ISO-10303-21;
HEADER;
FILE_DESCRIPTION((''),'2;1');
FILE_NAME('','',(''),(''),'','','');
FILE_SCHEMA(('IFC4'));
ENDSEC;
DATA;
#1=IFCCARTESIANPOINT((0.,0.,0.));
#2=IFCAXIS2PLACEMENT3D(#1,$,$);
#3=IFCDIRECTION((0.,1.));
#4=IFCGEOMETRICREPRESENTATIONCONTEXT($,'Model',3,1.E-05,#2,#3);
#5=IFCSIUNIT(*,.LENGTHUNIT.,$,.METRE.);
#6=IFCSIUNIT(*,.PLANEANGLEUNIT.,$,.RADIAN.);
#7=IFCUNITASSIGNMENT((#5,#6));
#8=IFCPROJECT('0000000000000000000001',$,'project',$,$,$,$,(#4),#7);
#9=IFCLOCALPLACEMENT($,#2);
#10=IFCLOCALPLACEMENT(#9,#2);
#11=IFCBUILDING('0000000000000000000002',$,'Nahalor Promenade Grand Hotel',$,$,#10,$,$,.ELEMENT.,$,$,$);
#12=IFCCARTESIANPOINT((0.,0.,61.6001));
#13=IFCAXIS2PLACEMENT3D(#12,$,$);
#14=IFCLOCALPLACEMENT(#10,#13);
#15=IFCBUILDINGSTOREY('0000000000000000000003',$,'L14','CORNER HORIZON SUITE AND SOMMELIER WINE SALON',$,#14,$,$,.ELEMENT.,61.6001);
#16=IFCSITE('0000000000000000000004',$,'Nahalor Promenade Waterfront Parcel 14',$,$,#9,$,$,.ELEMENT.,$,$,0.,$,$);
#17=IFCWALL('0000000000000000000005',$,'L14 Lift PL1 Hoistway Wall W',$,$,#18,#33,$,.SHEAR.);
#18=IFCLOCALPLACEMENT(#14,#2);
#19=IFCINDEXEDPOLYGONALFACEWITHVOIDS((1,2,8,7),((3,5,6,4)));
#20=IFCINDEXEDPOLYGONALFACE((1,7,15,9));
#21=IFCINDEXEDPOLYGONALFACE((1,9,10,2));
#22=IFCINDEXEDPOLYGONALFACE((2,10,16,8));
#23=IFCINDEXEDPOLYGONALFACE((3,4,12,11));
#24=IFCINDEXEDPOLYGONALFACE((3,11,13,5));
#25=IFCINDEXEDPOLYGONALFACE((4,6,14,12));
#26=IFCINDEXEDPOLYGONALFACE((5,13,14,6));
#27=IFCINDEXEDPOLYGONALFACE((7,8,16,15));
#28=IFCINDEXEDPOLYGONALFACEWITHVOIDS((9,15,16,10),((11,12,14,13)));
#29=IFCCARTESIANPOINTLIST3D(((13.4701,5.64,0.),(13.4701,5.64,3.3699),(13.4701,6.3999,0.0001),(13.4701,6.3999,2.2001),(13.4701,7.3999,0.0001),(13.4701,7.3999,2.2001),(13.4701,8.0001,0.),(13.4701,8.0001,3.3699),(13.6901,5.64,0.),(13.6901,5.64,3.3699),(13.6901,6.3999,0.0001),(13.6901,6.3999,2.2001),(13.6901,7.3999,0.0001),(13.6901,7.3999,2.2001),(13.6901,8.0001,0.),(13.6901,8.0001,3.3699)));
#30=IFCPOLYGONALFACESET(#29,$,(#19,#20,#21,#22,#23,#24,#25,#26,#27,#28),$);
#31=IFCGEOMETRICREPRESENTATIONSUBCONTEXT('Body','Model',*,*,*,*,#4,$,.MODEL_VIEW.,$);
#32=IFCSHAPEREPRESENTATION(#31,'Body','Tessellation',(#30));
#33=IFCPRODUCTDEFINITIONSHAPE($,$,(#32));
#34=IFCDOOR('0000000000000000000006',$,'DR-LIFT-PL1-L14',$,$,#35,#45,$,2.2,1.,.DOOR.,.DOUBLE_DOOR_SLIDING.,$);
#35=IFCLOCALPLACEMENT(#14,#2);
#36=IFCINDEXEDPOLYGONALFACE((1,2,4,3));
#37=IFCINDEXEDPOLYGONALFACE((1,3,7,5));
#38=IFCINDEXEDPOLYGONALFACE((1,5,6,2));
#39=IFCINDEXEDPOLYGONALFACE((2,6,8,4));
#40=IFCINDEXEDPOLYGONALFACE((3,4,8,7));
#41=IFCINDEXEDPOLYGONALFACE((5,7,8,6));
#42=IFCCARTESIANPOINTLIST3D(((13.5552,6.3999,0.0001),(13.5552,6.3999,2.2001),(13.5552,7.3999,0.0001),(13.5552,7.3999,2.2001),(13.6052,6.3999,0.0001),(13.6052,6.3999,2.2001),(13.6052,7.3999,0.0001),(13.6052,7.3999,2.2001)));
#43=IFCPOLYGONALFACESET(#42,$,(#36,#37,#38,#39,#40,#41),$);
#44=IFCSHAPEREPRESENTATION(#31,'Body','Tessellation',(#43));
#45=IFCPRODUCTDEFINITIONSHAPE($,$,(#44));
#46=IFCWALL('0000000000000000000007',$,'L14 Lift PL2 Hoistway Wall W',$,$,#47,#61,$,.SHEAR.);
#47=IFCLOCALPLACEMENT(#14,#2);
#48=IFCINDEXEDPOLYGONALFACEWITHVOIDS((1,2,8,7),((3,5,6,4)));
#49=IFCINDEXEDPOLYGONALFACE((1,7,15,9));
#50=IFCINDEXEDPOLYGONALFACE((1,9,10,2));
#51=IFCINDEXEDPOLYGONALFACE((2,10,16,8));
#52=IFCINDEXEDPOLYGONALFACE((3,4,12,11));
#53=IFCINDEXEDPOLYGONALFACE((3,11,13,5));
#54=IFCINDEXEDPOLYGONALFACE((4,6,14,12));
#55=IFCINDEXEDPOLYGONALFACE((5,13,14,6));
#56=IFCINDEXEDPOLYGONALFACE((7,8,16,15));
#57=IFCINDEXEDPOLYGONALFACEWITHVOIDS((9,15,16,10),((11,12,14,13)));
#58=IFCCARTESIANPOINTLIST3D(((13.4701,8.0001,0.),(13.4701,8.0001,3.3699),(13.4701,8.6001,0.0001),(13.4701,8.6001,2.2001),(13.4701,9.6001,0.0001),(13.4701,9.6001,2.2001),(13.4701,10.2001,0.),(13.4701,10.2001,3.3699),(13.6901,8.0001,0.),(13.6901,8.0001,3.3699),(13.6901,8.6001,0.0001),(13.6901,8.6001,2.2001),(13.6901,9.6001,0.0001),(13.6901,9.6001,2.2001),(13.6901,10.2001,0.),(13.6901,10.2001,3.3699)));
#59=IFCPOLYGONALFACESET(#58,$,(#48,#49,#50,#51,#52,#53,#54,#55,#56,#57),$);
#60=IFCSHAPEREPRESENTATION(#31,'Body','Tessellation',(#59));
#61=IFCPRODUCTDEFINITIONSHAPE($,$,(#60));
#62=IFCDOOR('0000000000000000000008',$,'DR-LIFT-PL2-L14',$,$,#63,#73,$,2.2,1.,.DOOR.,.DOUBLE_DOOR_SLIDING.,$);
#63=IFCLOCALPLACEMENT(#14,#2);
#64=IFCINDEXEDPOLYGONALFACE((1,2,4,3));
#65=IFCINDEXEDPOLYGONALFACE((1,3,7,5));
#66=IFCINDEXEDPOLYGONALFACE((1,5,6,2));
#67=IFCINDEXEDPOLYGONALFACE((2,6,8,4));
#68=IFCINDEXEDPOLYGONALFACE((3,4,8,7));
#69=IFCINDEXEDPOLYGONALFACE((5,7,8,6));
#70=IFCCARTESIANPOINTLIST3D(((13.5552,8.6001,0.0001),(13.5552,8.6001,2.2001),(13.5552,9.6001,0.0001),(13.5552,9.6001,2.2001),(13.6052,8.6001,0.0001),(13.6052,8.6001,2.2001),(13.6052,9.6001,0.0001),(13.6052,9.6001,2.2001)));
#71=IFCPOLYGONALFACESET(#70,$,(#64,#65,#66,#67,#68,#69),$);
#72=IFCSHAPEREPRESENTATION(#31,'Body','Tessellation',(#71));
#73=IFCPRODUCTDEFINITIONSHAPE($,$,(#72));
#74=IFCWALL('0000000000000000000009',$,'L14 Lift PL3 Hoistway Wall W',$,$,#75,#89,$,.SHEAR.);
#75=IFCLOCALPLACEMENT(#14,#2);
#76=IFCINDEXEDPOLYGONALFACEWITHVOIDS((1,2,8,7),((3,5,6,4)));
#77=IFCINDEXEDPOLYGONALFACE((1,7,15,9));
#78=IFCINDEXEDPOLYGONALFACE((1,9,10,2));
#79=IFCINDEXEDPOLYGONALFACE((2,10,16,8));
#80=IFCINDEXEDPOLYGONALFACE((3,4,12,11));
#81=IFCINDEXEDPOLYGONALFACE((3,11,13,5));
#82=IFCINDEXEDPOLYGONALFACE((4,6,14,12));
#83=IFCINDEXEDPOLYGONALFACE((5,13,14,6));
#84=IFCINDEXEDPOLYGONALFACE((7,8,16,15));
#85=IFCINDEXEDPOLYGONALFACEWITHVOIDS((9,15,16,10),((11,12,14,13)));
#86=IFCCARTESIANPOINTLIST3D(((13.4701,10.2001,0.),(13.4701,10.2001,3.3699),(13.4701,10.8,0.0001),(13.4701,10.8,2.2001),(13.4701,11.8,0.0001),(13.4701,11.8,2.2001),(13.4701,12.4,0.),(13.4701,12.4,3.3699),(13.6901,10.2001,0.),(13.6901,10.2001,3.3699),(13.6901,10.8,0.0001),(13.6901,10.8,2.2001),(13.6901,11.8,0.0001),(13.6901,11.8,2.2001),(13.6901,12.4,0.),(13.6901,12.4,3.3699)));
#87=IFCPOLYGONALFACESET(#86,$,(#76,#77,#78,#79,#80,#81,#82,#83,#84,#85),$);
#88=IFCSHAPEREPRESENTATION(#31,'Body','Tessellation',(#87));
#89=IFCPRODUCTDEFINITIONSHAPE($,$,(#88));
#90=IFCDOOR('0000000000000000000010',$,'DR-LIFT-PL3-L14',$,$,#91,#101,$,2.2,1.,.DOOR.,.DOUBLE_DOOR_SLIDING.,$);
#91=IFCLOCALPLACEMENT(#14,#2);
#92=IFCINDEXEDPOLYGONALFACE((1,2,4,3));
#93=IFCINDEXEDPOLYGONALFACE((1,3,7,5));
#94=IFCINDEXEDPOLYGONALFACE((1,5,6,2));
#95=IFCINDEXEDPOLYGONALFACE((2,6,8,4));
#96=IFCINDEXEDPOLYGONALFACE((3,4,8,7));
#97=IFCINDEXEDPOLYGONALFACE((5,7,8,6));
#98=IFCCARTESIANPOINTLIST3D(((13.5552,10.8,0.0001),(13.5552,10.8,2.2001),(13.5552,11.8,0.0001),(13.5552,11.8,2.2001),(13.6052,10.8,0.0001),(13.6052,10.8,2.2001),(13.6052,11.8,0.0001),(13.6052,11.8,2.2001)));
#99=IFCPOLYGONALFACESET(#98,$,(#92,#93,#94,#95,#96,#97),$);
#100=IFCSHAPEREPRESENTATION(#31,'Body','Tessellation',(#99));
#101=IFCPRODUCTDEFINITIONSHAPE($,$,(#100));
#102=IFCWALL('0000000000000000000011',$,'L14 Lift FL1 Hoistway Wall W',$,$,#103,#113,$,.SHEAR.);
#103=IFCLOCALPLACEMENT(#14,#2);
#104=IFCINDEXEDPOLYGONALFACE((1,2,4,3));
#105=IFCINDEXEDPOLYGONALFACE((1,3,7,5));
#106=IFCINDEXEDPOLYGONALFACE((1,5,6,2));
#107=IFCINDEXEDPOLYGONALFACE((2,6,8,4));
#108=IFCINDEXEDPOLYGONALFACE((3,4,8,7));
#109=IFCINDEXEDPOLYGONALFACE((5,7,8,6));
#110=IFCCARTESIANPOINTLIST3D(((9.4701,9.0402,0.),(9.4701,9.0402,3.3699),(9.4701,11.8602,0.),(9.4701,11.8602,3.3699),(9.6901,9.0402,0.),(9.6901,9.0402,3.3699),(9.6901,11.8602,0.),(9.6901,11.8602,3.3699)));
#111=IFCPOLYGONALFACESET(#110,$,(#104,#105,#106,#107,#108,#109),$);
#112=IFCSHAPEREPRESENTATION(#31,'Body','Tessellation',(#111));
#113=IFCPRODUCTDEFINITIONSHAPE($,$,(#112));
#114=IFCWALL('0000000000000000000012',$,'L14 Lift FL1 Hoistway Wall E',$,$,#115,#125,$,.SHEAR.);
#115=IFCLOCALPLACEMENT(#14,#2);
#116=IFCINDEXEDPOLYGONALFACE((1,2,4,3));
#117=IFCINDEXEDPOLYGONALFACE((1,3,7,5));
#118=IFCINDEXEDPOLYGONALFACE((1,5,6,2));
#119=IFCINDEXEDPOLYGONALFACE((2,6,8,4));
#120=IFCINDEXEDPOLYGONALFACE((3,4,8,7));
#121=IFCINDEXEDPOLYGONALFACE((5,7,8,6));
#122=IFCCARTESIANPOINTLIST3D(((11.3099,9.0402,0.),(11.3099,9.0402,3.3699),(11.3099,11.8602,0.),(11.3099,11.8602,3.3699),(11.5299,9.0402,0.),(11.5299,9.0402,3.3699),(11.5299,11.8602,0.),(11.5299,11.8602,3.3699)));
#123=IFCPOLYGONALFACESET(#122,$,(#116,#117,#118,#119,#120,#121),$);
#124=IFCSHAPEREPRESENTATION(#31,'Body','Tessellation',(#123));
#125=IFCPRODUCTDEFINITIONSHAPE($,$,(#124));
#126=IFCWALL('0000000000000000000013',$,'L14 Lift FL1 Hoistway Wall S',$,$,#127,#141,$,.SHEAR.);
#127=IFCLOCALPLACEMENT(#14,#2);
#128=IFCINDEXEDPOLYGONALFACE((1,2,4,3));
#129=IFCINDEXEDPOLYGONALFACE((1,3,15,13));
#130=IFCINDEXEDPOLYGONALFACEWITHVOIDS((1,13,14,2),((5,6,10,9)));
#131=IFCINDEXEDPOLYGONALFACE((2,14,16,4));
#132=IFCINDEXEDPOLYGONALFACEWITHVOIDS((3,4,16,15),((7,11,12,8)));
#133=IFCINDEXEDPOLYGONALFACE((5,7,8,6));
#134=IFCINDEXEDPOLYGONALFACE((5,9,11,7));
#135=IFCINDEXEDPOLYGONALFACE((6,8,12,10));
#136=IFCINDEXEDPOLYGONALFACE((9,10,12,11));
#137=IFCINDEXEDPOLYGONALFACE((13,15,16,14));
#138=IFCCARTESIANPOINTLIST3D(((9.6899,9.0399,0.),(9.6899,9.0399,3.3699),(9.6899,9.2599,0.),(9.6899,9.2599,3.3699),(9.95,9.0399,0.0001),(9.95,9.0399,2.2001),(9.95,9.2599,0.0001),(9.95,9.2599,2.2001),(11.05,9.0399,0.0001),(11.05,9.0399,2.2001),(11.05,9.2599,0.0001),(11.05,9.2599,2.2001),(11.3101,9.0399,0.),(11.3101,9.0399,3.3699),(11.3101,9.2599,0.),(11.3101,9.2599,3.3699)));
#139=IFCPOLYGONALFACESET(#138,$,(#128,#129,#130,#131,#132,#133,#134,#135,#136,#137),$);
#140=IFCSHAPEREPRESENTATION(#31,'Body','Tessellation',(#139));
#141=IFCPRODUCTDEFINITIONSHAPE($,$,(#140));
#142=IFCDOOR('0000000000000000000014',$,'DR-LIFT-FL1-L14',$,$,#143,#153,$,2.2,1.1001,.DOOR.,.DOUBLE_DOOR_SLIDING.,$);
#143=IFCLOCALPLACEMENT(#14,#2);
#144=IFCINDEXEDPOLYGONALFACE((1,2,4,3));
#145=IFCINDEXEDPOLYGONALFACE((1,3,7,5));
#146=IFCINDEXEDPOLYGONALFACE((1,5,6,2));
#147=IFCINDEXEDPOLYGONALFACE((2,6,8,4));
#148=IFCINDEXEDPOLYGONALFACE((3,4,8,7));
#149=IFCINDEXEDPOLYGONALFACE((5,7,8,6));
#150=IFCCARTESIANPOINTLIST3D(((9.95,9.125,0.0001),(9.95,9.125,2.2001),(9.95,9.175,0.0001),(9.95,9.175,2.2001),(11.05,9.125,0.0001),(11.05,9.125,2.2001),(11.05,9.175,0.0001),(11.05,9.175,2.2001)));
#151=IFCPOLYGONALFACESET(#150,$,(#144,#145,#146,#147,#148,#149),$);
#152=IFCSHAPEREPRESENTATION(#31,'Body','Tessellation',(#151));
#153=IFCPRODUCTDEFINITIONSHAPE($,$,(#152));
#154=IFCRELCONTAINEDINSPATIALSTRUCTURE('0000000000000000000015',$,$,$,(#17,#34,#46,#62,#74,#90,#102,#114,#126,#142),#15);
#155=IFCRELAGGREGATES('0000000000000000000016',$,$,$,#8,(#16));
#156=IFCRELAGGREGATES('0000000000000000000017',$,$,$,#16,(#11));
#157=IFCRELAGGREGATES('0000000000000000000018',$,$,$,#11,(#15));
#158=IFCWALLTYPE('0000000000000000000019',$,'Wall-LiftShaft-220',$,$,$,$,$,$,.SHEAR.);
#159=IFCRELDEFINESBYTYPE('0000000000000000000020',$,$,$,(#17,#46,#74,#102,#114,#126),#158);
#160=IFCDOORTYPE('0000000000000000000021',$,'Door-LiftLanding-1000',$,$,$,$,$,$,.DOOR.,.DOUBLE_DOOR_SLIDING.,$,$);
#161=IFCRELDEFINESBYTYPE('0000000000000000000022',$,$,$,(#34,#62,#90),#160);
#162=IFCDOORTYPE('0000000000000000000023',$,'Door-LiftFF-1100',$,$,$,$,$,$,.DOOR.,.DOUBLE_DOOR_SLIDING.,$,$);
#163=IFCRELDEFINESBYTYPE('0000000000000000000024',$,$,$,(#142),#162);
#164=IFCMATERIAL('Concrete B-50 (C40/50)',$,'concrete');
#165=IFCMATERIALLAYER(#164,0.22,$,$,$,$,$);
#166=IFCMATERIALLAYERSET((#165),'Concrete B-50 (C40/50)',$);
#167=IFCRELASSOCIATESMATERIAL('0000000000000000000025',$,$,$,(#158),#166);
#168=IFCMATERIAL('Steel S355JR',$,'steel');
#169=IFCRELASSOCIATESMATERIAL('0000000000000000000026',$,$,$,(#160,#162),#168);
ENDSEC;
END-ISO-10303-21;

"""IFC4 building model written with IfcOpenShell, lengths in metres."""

from ifc_helpers import new_model, si_unit, direction, frame, frame_2d, origin, place, context, subcontext, project, spatial, rectangle, extrude, source, transform, mapped, material, layer, layer_set, type_object, element, fill, save


model = new_model("IFC4")

# Units and contexts
model_context = context("Model", 3, precision=1e-05, world=origin(), true_north=direction((0.0, 1.0)))
body_context = subcontext(model_context, "Body", "Model", "MODEL_VIEW")
ifc_project = project(units=[si_unit("LENGTHUNIT", "METRE"), si_unit("PLANEANGLEUNIT", "RADIAN")], contexts=[model_context])

# Site, building, storey
site_placement = place(None, origin())
site = spatial("IfcSite", under=ifc_project, at=site_placement, Name="Nahalor Promenade Waterfront Parcel 14", CompositionType="ELEMENT", RefElevation=0.0)
building_placement = place(site_placement, origin())
building = spatial("IfcBuilding", under=site, at=building_placement, Name="Nahalor Promenade Grand Hotel", CompositionType="ELEMENT")
storey_placement = place(building_placement, frame((0.0, 0.0, 61.6001)))
storey = spatial("IfcBuildingStorey", under=building, at=storey_placement, Name="L14", Description="CORNER HORIZON SUITE AND SOMMELIER WINE SALON", CompositionType="ELEMENT", Elevation=61.6001)

# Shared definitions
ifc_material_1 = material(Name="Steel S355JR", Category="steel")

# Walls, openings, doors
ifc_material_2 = material(Name="Concrete B-50 (C40/50)", Category="concrete")
ifc_layer_1 = layer(ifc_material_2, 0.22)
ifc_layer_set_1 = layer_set([ifc_layer_1], Name="Concrete B-50 (C40/50)")
wall_type_1 = type_object("IfcWallType", Name="Wall-LiftShaft-220", PredefinedType="SHEAR", material=ifc_layer_set_1)
shared_shape_1 = source(origin(), body_context, "Body", "SweptSolid", [
    extrude(rectangle(XDim=2.3601, YDim=0.22, at=frame_2d((1.1802, 0.0))), origin(), (0.0, 0.0, 1.0), 3.3699),
])
wall_1_placement = place(storey_placement, frame((13.5801, 5.6399, 0.0), z_axis=(0.0, 0.0, 1.0), x_axis=(0.0, 1.0, 0.0)))
wall_1 = element("IfcWall", 1, at=wall_1_placement, inside=storey, type_object=wall_type_1, Name="L14 Lift PL1 Hoistway Wall W", PredefinedType="SHEAR", context=body_context, shape_type="MappedRepresentation", body=[
    mapped(shared_shape_1, transform((0.0, 0.0, 0.0), scale=1.0)),
])
opening_1_placement = place(wall_1_placement, frame((0.76, 0.0, 0.0)))
opening_1 = element("IfcOpeningElement", 2, at=opening_1_placement, cuts=wall_1, PredefinedType="OPENING", context=body_context, shape_type="SweptSolid", body=[
    extrude(rectangle(XDim=1.0, YDim=2.2, at=frame_2d((0.5, 1.1001))), frame((0.0, 0.1199, 0.0), z_axis=(0.0, -1.0, 0.0), x_axis=(1.0, 0.0, 0.0)), (0.0, 0.0, 1.0), 0.24),
])
door_type_1 = type_object("IfcDoorType", Name="Door-LiftLanding-1000", OperationType="DOUBLE_DOOR_SLIDING", PredefinedType="DOOR", material=ifc_material_1)
shared_shape_2 = source(origin(), body_context, "Body", "SweptSolid", [
    extrude(rectangle(XDim=1.0, YDim=2.2, at=frame_2d((0.5, 1.1001))), frame((0.0, 0.0249, 0.0), z_axis=(0.0, -1.0, 0.0), x_axis=(1.0, 0.0, 0.0)), (0.0, 0.0, 1.0), 0.05),
])
door_1_placement = place(opening_1_placement, origin())
door_1 = element("IfcDoor", 3, at=door_1_placement, inside=storey, type_object=door_type_1, Name="DR-LIFT-PL1-L14", OperationType="DOUBLE_DOOR_SLIDING", OverallHeight=2.2, OverallWidth=1.0, PredefinedType="DOOR", context=body_context, shape_type="MappedRepresentation", body=[
    mapped(shared_shape_2, transform((0.0, 0.0, 0.0), scale=1.0)),
])
fill(opening_1, door_1)
shared_shape_3 = source(origin(), body_context, "Body", "SweptSolid", [
    extrude(rectangle(XDim=2.2, YDim=0.22, at=frame_2d((1.1001, 0.0))), origin(), (0.0, 0.0, 1.0), 3.3699),
])
wall_2_placement = place(storey_placement, frame((13.5801, 8.0, 0.0), z_axis=(0.0, 0.0, 1.0), x_axis=(0.0, 1.0, 0.0)))
wall_2 = element("IfcWall", 4, at=wall_2_placement, inside=storey, type_object=wall_type_1, Name="L14 Lift PL2 Hoistway Wall W", PredefinedType="SHEAR", context=body_context, shape_type="MappedRepresentation", body=[
    mapped(shared_shape_3, transform((0.0, 0.0, 0.0), scale=1.0)),
])
opening_2_placement = place(wall_2_placement, frame((0.6001, 0.0, 0.0)))
opening_2 = element("IfcOpeningElement", 5, at=opening_2_placement, cuts=wall_2, PredefinedType="OPENING", context=body_context, shape_type="SweptSolid", body=[
    extrude(rectangle(XDim=1.0, YDim=2.2, at=frame_2d((0.5, 1.1001))), frame((0.0, 0.1199, 0.0), z_axis=(0.0, -1.0, 0.0), x_axis=(1.0, 0.0, 0.0)), (0.0, 0.0, 1.0), 0.24),
])
door_2_placement = place(opening_2_placement, origin())
door_2 = element("IfcDoor", 6, at=door_2_placement, inside=storey, type_object=door_type_1, Name="DR-LIFT-PL2-L14", OperationType="DOUBLE_DOOR_SLIDING", OverallHeight=2.2, OverallWidth=1.0, PredefinedType="DOOR", context=body_context, shape_type="MappedRepresentation", body=[
    mapped(shared_shape_2, transform((0.0, 0.0, 0.0), scale=1.0)),
])
fill(opening_2, door_2)
wall_3_placement = place(storey_placement, frame((13.5801, 10.2, 0.0), z_axis=(0.0, 0.0, 1.0), x_axis=(0.0, 1.0, 0.0)))
wall_3 = element("IfcWall", 7, at=wall_3_placement, inside=storey, type_object=wall_type_1, Name="L14 Lift PL3 Hoistway Wall W", PredefinedType="SHEAR", context=body_context, shape_type="MappedRepresentation", body=[
    mapped(shared_shape_3, transform((0.0, 0.0, 0.0), scale=1.0)),
])
opening_3_placement = place(wall_3_placement, frame((0.6001, 0.0, 0.0)))
opening_3 = element("IfcOpeningElement", 8, at=opening_3_placement, cuts=wall_3, PredefinedType="OPENING", context=body_context, shape_type="SweptSolid", body=[
    extrude(rectangle(XDim=1.0, YDim=2.2, at=frame_2d((0.5, 1.1001))), frame((0.0, 0.1199, 0.0), z_axis=(0.0, -1.0, 0.0), x_axis=(1.0, 0.0, 0.0)), (0.0, 0.0, 1.0), 0.24),
])
door_3_placement = place(opening_3_placement, origin())
door_3 = element("IfcDoor", 9, at=door_3_placement, inside=storey, type_object=door_type_1, Name="DR-LIFT-PL3-L14", OperationType="DOUBLE_DOOR_SLIDING", OverallHeight=2.2, OverallWidth=1.0, PredefinedType="DOOR", context=body_context, shape_type="MappedRepresentation", body=[
    mapped(shared_shape_2, transform((0.0, 0.0, 0.0), scale=1.0)),
])
fill(opening_3, door_3)

# Walls
shared_shape_4 = source(origin(), body_context, "Body", "SweptSolid", [
    extrude(rectangle(XDim=2.8201, YDim=0.22, at=frame_2d((1.4102, 0.0))), origin(), (0.0, 0.0, 1.0), 3.3699),
])
for number, where, z_axis, x_axis, name in (
    (10, (9.5801, 9.04, 0.0), (0.0, 0.0, 1.0), (0.0, 1.0, 0.0), "L14 Lift FL1 Hoistway Wall W"),
    (11, (11.4199, 9.04, 0.0), (0.0, 0.0, 1.0), (0.0, 1.0, 0.0), "L14 Lift FL1 Hoistway Wall E"),
):
    element("IfcWall", number, at=place(storey_placement, frame(where, z_axis=z_axis, x_axis=x_axis)), inside=storey, type_object=wall_type_1, Name=name, PredefinedType="SHEAR", context=body_context, shape_type="MappedRepresentation", body=[
        mapped(shared_shape_4, transform((0.0, 0.0, 0.0), scale=1.0)),
    ])

# Wall, opening, door
shared_shape_5 = source(origin(), body_context, "Body", "SweptSolid", [
    extrude(rectangle(XDim=1.6201, YDim=0.22, at=frame_2d((0.8101, 0.0))), origin(), (0.0, 0.0, 1.0), 3.3699),
])
wall_4_placement = place(storey_placement, frame((9.6899, 9.1499, 0.0), z_axis=(0.0, 0.0, 1.0), x_axis=(1.0, 0.0, 0.0)))
wall_4 = element("IfcWall", 12, at=wall_4_placement, inside=storey, type_object=wall_type_1, Name="L14 Lift FL1 Hoistway Wall S", PredefinedType="SHEAR", context=body_context, shape_type="MappedRepresentation", body=[
    mapped(shared_shape_5, transform((0.0, 0.0, 0.0), scale=1.0)),
])
opening_4_placement = place(wall_4_placement, frame((0.26, 0.0, 0.0)))
opening_4 = element("IfcOpeningElement", 13, at=opening_4_placement, cuts=wall_4, PredefinedType="OPENING", context=body_context, shape_type="SweptSolid", body=[
    extrude(rectangle(XDim=1.1001, YDim=2.2, at=frame_2d((0.55, 1.1001))), frame((0.0, 0.1199, 0.0), z_axis=(0.0, -1.0, 0.0), x_axis=(1.0, 0.0, 0.0)), (0.0, 0.0, 1.0), 0.24),
])
door_type_2 = type_object("IfcDoorType", Name="Door-LiftFF-1100", OperationType="DOUBLE_DOOR_SLIDING", PredefinedType="DOOR", material=ifc_material_1)
shared_shape_6 = source(origin(), body_context, "Body", "SweptSolid", [
    extrude(rectangle(XDim=1.1001, YDim=2.2, at=frame_2d((0.55, 1.1001))), frame((0.0, 0.0249, 0.0), z_axis=(0.0, -1.0, 0.0), x_axis=(1.0, 0.0, 0.0)), (0.0, 0.0, 1.0), 0.05),
])
door_4_placement = place(opening_4_placement, frame((1.1001, 0.0, 0.0), z_axis=(0.0, 0.0, 1.0), x_axis=(-1.0, 0.0, 0.0)))
door_4 = element("IfcDoor", 14, at=door_4_placement, inside=storey, type_object=door_type_2, Name="DR-LIFT-FL1-L14", OperationType="DOUBLE_DOOR_SLIDING", OverallHeight=2.2, OverallWidth=1.1001, PredefinedType="DOOR", context=body_context, shape_type="MappedRepresentation", body=[
    mapped(shared_shape_6, transform((0.0, 0.0, 0.0), scale=1.0)),
])
fill(opening_4, door_4)

save(model, "model.ifc")
